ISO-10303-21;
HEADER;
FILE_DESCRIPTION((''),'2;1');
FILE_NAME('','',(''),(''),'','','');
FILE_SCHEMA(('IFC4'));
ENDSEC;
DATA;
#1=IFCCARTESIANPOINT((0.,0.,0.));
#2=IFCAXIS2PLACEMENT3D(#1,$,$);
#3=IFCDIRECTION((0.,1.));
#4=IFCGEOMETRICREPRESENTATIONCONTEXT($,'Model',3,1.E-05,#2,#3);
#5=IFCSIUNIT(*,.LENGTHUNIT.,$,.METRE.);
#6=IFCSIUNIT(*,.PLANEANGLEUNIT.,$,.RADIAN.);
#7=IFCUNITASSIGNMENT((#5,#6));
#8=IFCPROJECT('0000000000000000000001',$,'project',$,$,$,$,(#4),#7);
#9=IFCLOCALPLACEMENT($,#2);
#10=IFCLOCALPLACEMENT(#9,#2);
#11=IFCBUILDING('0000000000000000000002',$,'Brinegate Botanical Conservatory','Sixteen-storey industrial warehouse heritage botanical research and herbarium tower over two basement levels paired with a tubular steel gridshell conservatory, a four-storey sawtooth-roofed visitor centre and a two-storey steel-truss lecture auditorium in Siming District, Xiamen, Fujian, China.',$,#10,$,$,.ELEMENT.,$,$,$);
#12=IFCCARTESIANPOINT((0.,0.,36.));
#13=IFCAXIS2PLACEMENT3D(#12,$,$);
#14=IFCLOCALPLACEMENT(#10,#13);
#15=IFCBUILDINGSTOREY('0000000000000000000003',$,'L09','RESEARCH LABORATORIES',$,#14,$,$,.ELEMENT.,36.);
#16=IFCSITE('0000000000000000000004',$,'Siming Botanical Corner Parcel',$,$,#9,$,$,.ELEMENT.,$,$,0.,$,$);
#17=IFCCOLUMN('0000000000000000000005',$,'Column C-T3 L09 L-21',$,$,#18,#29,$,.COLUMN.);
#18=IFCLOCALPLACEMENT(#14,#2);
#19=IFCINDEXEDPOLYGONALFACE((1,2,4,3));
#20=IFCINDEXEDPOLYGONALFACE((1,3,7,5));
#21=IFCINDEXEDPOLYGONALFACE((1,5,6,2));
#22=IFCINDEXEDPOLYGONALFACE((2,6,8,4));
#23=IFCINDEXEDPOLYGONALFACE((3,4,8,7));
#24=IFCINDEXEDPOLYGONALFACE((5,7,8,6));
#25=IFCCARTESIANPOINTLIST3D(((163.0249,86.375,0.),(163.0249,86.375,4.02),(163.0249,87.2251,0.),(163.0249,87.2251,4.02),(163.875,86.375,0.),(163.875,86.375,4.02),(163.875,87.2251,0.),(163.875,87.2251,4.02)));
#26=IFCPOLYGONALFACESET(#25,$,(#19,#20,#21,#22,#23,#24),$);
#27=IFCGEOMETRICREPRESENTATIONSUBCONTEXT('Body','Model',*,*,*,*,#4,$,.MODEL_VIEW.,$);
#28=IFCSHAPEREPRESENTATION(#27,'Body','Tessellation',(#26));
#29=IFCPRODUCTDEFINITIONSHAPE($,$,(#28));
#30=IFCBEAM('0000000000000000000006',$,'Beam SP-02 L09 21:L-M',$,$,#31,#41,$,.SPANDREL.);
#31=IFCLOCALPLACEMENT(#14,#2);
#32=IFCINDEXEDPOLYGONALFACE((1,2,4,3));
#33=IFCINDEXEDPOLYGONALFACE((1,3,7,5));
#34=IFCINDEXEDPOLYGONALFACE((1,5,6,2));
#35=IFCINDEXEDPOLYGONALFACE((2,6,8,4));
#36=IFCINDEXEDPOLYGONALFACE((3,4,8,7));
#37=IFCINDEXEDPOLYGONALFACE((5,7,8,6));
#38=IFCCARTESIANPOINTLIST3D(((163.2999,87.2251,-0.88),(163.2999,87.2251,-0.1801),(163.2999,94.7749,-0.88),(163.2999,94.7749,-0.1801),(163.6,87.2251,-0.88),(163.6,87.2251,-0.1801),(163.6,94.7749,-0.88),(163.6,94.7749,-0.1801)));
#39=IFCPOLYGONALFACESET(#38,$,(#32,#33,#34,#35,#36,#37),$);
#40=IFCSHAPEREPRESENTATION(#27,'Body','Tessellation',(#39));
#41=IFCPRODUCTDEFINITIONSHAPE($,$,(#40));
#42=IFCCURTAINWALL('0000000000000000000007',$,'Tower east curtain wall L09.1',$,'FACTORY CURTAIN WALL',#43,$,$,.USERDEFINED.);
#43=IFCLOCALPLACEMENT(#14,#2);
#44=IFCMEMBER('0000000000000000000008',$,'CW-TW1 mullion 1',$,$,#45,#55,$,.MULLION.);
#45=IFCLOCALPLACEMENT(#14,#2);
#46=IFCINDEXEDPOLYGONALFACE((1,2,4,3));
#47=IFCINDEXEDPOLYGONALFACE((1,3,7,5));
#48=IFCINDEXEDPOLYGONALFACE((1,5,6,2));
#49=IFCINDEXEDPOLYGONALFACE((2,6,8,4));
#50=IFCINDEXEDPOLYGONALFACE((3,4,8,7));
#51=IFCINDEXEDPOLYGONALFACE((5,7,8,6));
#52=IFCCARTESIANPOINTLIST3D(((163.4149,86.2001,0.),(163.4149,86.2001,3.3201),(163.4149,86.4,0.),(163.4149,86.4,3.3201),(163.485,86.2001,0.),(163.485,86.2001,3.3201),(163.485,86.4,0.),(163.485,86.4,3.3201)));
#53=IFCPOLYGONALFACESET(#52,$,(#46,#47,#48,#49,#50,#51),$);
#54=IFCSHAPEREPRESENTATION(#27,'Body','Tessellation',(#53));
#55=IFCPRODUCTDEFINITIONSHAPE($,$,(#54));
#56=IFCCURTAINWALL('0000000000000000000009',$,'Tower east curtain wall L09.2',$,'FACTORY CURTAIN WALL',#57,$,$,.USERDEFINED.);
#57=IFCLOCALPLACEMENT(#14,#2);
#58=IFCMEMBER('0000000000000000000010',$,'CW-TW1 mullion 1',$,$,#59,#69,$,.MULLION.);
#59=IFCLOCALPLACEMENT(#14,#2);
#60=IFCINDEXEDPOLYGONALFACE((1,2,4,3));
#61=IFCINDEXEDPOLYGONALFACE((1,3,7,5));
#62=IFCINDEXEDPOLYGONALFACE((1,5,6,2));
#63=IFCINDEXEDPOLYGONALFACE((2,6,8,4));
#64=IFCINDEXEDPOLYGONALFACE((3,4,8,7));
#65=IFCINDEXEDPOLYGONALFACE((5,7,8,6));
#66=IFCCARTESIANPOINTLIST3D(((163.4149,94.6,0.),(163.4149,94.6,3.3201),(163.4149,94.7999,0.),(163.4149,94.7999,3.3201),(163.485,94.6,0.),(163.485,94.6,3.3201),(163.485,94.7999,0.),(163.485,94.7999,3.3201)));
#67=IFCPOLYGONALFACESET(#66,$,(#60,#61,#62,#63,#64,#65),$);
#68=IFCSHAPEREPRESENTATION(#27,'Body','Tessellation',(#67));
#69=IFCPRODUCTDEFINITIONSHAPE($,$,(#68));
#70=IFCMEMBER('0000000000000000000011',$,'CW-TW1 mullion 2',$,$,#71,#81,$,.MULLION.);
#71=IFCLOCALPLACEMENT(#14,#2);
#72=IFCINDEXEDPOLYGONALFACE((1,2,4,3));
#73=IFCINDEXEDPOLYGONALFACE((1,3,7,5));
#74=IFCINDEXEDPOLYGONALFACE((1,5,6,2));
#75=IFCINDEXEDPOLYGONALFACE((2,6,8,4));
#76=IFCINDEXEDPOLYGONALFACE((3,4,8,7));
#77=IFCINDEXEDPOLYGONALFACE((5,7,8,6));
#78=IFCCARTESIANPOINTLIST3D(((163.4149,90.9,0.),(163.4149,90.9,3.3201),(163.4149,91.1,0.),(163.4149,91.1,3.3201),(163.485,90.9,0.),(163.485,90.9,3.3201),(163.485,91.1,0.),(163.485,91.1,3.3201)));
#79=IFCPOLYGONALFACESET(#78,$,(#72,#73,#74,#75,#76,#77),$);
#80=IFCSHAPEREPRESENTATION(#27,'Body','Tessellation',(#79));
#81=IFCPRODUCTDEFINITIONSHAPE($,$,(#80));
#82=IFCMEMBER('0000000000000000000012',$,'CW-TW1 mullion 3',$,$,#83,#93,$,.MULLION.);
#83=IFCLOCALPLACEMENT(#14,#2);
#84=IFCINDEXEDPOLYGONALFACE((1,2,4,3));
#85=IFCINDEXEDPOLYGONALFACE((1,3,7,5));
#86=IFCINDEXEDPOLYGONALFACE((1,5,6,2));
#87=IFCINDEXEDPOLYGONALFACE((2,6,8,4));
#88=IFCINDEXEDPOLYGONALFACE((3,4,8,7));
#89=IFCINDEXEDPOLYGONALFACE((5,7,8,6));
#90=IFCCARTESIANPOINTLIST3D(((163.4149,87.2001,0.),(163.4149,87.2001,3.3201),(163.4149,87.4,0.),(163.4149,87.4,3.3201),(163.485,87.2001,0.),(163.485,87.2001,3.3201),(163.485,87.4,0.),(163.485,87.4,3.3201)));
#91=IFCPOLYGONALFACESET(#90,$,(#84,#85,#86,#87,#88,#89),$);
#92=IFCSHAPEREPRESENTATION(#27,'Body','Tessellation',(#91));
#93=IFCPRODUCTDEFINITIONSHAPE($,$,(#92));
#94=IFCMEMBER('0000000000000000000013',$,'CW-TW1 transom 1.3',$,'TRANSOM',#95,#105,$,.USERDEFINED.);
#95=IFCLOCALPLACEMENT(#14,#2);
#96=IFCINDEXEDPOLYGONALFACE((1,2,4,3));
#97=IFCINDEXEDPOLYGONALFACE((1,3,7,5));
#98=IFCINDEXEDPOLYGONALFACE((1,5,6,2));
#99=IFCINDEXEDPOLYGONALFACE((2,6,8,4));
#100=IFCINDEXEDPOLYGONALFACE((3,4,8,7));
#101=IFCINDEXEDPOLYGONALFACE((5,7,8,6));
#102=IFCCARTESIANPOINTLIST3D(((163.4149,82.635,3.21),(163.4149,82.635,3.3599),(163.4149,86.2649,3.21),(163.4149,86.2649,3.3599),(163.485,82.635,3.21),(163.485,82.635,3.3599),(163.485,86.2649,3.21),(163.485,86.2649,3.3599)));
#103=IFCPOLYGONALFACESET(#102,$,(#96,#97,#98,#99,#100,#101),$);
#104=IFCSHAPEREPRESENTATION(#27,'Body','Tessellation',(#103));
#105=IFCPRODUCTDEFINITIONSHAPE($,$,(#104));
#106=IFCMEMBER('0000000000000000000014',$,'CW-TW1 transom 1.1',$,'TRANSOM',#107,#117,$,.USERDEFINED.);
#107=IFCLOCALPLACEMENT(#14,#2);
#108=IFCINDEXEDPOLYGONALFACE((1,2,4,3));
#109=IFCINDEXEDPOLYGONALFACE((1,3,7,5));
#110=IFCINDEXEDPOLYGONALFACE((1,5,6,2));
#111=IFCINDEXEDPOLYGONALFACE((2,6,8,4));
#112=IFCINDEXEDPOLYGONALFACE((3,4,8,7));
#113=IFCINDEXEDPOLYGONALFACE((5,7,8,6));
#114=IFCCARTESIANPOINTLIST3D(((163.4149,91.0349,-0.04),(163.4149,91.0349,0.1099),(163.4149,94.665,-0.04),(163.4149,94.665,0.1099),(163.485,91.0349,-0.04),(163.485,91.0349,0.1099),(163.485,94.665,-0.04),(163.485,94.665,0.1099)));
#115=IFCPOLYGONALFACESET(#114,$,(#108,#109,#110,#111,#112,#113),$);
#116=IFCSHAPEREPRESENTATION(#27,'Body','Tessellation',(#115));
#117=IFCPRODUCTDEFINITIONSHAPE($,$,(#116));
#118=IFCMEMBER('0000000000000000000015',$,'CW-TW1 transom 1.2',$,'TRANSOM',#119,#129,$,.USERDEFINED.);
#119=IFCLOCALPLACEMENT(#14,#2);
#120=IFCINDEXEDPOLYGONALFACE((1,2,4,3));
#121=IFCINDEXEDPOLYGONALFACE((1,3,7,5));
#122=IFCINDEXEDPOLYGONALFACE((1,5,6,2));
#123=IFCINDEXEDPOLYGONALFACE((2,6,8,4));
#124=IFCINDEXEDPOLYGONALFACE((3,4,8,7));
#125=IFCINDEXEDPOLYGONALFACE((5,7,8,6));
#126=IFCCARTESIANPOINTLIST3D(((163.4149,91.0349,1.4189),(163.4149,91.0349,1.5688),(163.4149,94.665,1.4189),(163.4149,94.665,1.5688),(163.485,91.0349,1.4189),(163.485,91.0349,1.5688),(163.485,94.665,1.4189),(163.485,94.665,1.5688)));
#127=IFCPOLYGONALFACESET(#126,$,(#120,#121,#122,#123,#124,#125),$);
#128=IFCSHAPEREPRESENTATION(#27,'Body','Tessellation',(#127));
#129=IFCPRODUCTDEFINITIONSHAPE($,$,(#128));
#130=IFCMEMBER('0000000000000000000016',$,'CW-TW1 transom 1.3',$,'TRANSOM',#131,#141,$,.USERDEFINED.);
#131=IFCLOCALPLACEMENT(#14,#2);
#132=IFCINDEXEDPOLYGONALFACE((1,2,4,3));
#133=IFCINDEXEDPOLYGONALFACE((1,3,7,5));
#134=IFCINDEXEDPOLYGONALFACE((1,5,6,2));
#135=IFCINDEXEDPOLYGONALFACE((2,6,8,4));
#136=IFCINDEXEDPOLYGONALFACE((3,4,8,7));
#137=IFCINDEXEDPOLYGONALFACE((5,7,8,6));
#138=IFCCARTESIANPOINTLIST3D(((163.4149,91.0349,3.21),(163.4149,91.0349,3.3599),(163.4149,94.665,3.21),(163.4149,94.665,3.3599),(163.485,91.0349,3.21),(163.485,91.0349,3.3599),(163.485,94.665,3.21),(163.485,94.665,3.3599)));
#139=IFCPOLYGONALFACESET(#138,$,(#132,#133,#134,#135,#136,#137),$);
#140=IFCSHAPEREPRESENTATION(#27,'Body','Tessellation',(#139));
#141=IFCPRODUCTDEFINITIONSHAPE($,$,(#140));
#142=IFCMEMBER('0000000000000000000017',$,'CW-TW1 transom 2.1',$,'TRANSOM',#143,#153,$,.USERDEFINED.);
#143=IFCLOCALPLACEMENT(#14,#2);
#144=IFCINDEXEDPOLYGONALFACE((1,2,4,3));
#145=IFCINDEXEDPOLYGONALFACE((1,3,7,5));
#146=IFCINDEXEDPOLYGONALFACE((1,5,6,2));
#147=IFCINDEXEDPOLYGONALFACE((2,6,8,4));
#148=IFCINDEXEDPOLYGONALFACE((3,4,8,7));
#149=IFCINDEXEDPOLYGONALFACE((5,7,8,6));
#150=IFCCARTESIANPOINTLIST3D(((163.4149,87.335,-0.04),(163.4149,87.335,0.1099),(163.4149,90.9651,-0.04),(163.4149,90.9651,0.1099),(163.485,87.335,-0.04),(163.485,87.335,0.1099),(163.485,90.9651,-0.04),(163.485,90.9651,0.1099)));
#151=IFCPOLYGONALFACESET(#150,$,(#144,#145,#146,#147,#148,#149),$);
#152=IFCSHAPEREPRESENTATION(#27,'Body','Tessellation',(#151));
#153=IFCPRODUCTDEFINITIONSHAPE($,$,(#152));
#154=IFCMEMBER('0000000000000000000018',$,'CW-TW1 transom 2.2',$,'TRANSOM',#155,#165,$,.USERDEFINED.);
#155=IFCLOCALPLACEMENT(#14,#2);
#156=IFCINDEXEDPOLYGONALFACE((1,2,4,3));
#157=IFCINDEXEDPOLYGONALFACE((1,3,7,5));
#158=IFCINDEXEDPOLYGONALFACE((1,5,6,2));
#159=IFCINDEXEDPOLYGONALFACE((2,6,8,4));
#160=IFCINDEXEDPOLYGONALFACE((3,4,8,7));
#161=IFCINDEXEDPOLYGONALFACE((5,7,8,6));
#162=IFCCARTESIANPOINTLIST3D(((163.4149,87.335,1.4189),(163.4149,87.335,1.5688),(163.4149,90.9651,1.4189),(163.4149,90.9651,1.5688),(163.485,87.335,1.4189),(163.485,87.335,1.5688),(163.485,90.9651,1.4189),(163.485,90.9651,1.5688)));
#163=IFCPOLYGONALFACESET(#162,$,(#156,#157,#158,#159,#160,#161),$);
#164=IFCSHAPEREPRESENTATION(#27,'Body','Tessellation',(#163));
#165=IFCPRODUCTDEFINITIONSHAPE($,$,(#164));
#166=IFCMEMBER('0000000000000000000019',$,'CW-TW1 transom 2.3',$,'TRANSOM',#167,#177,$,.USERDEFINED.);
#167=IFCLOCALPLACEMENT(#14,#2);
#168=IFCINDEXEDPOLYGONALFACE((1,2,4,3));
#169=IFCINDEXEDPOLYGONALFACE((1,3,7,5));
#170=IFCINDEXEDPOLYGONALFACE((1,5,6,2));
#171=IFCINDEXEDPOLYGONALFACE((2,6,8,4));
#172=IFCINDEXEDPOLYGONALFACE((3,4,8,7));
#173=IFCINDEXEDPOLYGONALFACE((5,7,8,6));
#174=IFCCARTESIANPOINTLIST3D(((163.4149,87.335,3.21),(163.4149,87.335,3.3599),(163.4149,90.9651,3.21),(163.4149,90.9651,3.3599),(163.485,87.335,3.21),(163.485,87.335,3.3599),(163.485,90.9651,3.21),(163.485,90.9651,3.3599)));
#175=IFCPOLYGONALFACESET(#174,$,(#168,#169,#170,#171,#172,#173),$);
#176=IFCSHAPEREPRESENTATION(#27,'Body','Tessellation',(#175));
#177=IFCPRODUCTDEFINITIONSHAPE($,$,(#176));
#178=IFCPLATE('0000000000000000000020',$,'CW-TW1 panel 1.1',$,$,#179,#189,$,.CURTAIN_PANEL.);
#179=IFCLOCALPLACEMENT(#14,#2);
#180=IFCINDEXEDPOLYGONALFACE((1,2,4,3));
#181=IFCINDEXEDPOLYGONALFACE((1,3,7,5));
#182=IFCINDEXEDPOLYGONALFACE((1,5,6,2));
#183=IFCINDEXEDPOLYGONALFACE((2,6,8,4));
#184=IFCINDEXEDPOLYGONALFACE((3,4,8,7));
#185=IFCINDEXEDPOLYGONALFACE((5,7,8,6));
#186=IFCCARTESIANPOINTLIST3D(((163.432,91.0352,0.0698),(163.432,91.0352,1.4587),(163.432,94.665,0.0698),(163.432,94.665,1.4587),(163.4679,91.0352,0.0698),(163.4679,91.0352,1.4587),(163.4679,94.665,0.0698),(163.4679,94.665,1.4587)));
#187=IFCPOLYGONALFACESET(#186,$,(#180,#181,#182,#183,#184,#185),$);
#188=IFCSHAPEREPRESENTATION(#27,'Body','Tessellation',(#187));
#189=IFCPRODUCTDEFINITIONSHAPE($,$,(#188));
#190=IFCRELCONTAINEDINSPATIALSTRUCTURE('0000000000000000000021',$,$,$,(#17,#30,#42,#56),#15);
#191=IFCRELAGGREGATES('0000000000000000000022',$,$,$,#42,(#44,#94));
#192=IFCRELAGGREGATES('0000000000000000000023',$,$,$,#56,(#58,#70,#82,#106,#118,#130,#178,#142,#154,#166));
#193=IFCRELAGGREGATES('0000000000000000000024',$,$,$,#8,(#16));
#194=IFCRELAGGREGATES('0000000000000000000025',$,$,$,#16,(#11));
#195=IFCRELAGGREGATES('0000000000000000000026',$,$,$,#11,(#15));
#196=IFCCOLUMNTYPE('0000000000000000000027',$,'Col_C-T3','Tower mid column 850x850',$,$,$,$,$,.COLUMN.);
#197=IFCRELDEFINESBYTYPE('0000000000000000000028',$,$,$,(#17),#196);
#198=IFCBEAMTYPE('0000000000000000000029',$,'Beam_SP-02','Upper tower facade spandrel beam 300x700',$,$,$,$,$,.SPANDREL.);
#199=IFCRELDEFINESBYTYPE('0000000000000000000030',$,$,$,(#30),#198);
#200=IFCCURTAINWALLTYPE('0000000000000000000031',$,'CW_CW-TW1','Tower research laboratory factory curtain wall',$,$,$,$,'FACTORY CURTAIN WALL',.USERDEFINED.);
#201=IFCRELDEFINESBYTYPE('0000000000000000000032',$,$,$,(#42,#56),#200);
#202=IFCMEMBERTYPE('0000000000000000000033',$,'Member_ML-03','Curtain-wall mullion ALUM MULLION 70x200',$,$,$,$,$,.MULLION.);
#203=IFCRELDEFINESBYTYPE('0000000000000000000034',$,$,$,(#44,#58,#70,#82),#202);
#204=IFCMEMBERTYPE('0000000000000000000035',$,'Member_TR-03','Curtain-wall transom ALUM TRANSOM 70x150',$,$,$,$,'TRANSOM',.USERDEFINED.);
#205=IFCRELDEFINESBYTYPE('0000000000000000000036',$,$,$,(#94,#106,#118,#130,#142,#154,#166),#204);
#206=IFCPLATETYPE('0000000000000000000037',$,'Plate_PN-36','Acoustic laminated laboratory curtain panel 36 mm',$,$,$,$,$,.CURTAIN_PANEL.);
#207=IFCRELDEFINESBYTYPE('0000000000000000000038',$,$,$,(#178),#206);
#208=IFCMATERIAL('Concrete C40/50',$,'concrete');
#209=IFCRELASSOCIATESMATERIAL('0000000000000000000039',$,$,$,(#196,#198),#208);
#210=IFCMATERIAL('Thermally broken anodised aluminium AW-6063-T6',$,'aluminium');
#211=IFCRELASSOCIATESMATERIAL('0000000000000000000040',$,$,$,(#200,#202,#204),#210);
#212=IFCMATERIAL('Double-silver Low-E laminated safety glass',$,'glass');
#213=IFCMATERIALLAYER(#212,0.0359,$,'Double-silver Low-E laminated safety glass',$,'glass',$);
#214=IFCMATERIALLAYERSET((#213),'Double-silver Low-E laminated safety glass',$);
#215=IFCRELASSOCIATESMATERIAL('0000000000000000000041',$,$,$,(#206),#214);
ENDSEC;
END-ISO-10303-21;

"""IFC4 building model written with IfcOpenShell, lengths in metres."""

from ifc_helpers import new_model, si_unit, direction, frame, origin, origin_2d, place, context, subcontext, project, spatial, rectangle, extrude, material, layer, layer_set, material_profile, profile_set, type_object, element, aggregate, save


model = new_model("IFC4")

# Units and contexts
model_context = context("Model", 3, precision=1e-05, world=origin(), true_north=direction((0.0, 1.0)))
body_context = subcontext(model_context, "Body", "Model", "MODEL_VIEW")
ifc_project = project(units=[si_unit("LENGTHUNIT", "METRE"), si_unit("PLANEANGLEUNIT", "RADIAN")], contexts=[model_context])

# Site, building, storey
site_placement = place(None, origin())
site = spatial("IfcSite", under=ifc_project, at=site_placement, Name="Siming Botanical Corner Parcel", CompositionType="ELEMENT", RefElevation=0.0)
building_placement = place(site_placement, origin())
building = spatial("IfcBuilding", under=site, at=building_placement, Name="Brinegate Botanical Conservatory", Description="Sixteen-storey industrial warehouse heritage botanical research and herbarium tower over two basement levels paired with a tubular steel gridshell conservatory, a four-storey sawtooth-roofed visitor centre and a two-storey steel-truss lecture auditorium in Siming District, Xiamen, Fujian, China.", CompositionType="ELEMENT")
storey_placement = place(building_placement, frame((0.0, 0.0, 36.0)))
storey = spatial("IfcBuildingStorey", under=building, at=storey_placement, Name="L09", Description="RESEARCH LABORATORIES", CompositionType="ELEMENT", Elevation=36.0)

# Column
ifc_material_1 = material(Name="Concrete C40/50", Category="concrete")
ifc_material_profile_1 = material_profile(ifc_material_1, rectangle(XDim=0.8501, YDim=0.8501, at=origin_2d()), Name="RC COL 850x850")
ifc_profile_set_1 = profile_set([ifc_material_profile_1], Name="Concrete C40/50")
column_type = type_object("IfcColumnType", Name="Col_C-T3", Description="Tower mid column 850x850", PredefinedType="COLUMN", material=ifc_profile_set_1)
column_placement = place(storey_placement, frame((163.45, 86.8, 0.0), z_axis=(0.0, 0.0, 1.0), x_axis=(1.0, 0.0, 0.0)))
element("IfcColumn", 1, at=column_placement, inside=storey, type_object=column_type, Name="Column C-T3 L09 L-21", PredefinedType="COLUMN", context=body_context, shape_type="SweptSolid", body=[
    extrude(rectangle(XDim=0.8501, YDim=0.8501, at=origin_2d()), origin(), (0.0, 0.0, 1.0), 4.02),
])

# Beam
ifc_material_profile_2 = material_profile(ifc_material_1, rectangle(XDim=0.3, YDim=0.7, at=origin_2d()), Name="RC SPN 300x700")
ifc_profile_set_2 = profile_set([ifc_material_profile_2], Name="Concrete C40/50")
beam_type = type_object("IfcBeamType", Name="Beam_SP-02", Description="Upper tower facade spandrel beam 300x700", PredefinedType="SPANDREL", material=ifc_profile_set_2)
beam_placement = place(storey_placement, frame((163.45, 87.2251, -0.53), z_axis=(0.0, 1.0, 0.0), x_axis=(-1.0, 0.0, 0.0)))
element("IfcBeam", 2, at=beam_placement, inside=storey, type_object=beam_type, Name="Beam SP-02 L09 21:L-M", PredefinedType="SPANDREL", context=body_context, shape_type="SweptSolid", body=[
    extrude(rectangle(XDim=0.3, YDim=0.7, at=origin_2d()), origin(), (0.0, 0.0, 1.0), 7.5498),
])

# Curtain wall, member
ifc_material_2 = material(Name="Thermally broken anodised aluminium AW-6063-T6", Category="aluminium")
curtain_wall_type = type_object("IfcCurtainWallType", Name="CW_CW-TW1", Description="Tower research laboratory factory curtain wall", ElementType="FACTORY CURTAIN WALL", PredefinedType="USERDEFINED", material=ifc_material_2)
curtain_wall_1_placement = place(storey_placement, origin())
curtain_wall_1 = element("IfcCurtainWall", 3, at=curtain_wall_1_placement, inside=storey, type_object=curtain_wall_type, Name="Tower east curtain wall L09.1", ObjectType="FACTORY CURTAIN WALL", PredefinedType="USERDEFINED")
ifc_material_profile_3 = material_profile(ifc_material_2, rectangle(XDim=0.0701, YDim=0.2, at=origin_2d()), Name="ALUM MULLION 70x200")
ifc_profile_set_3 = profile_set([ifc_material_profile_3], Name="Thermally broken anodised aluminium AW-6063-T6")
member_type_1 = type_object("IfcMemberType", Name="Member_ML-03", Description="Curtain-wall mullion ALUM MULLION 70x200", PredefinedType="MULLION", material=ifc_profile_set_3)
member_1_placement = place(storey_placement, frame((163.45, 86.3, 0.0), z_axis=(0.0, 0.0, 1.0), x_axis=(1.0, 0.0, 0.0)))
member_1 = element("IfcMember", 4, at=member_1_placement, type_object=member_type_1, Name="CW-TW1 mullion 1", PredefinedType="MULLION", context=body_context, shape_type="SweptSolid", body=[
    extrude(rectangle(XDim=0.0701, YDim=0.2, at=origin_2d()), origin(), (0.0, 0.0, 1.0), 3.3201),
])

# Curtain wall, members
curtain_wall_2_placement = place(storey_placement, origin())
curtain_wall_2 = element("IfcCurtainWall", 5, at=curtain_wall_2_placement, inside=storey, type_object=curtain_wall_type, Name="Tower east curtain wall L09.2", ObjectType="FACTORY CURTAIN WALL", PredefinedType="USERDEFINED")
member_2_placement = place(storey_placement, frame((163.45, 94.7, 0.0), z_axis=(0.0, 0.0, 1.0), x_axis=(1.0, 0.0, 0.0)))
member_2 = element("IfcMember", 6, at=member_2_placement, type_object=member_type_1, Name="CW-TW1 mullion 1", PredefinedType="MULLION", context=body_context, shape_type="SweptSolid", body=[
    extrude(rectangle(XDim=0.0701, YDim=0.2, at=origin_2d()), origin(), (0.0, 0.0, 1.0), 3.3201),
])
member_3_placement = place(storey_placement, frame((163.45, 91.0, 0.0), z_axis=(0.0, 0.0, 1.0), x_axis=(1.0, 0.0, 0.0)))
member_3 = element("IfcMember", 7, at=member_3_placement, type_object=member_type_1, Name="CW-TW1 mullion 2", PredefinedType="MULLION", context=body_context, shape_type="SweptSolid", body=[
    extrude(rectangle(XDim=0.0701, YDim=0.2, at=origin_2d()), origin(), (0.0, 0.0, 1.0), 3.3201),
])
member_4_placement = place(storey_placement, frame((163.45, 87.3, 0.0), z_axis=(0.0, 0.0, 1.0), x_axis=(1.0, 0.0, 0.0)))
member_4 = element("IfcMember", 8, at=member_4_placement, type_object=member_type_1, Name="CW-TW1 mullion 3", PredefinedType="MULLION", context=body_context, shape_type="SweptSolid", body=[
    extrude(rectangle(XDim=0.0701, YDim=0.2, at=origin_2d()), origin(), (0.0, 0.0, 1.0), 3.3201),
])

# Members
ifc_material_profile_4 = material_profile(ifc_material_2, rectangle(XDim=0.0701, YDim=0.1499, at=origin_2d()), Name="ALUM TRANSOM 70x150")
ifc_profile_set_4 = profile_set([ifc_material_profile_4], Name="Thermally broken anodised aluminium AW-6063-T6")
member_type_2 = type_object("IfcMemberType", Name="Member_TR-03", Description="Curtain-wall transom ALUM TRANSOM 70x150", ElementType="TRANSOM", PredefinedType="USERDEFINED", material=ifc_profile_set_4)
member_5_placement = place(storey_placement, frame((163.45, 86.2649, 3.2849), z_axis=(0.0, -1.0, 0.0), x_axis=(1.0, 0.0, 0.0)))
member_5 = element("IfcMember", 9, at=member_5_placement, type_object=member_type_2, Name="CW-TW1 transom 1.3", ObjectType="TRANSOM", PredefinedType="USERDEFINED", context=body_context, shape_type="SweptSolid", body=[
    extrude(rectangle(XDim=0.0701, YDim=0.1499, at=origin_2d()), origin(), (0.0, 0.0, 1.0), 3.6299),
])
aggregate(curtain_wall_1, [member_1, member_5])
member_6_placement = place(storey_placement, frame((163.45, 94.665, 0.0349), z_axis=(0.0, -1.0, 0.0), x_axis=(1.0, 0.0, 0.0)))
member_6 = element("IfcMember", 10, at=member_6_placement, type_object=member_type_2, Name="CW-TW1 transom 1.1", ObjectType="TRANSOM", PredefinedType="USERDEFINED", context=body_context, shape_type="SweptSolid", body=[
    extrude(rectangle(XDim=0.0701, YDim=0.1499, at=origin_2d()), origin(), (0.0, 0.0, 1.0), 3.6301),
])
member_7_placement = place(storey_placement, frame((163.45, 94.665, 1.4939), z_axis=(0.0, -1.0, 0.0), x_axis=(1.0, 0.0, 0.0)))
member_7 = element("IfcMember", 11, at=member_7_placement, type_object=member_type_2, Name="CW-TW1 transom 1.2", ObjectType="TRANSOM", PredefinedType="USERDEFINED", context=body_context, shape_type="SweptSolid", body=[
    extrude(rectangle(XDim=0.0701, YDim=0.1499, at=origin_2d()), origin(), (0.0, 0.0, 1.0), 3.6301),
])
member_8_placement = place(storey_placement, frame((163.45, 94.665, 3.2849), z_axis=(0.0, -1.0, 0.0), x_axis=(1.0, 0.0, 0.0)))
member_8 = element("IfcMember", 12, at=member_8_placement, type_object=member_type_2, Name="CW-TW1 transom 1.3", ObjectType="TRANSOM", PredefinedType="USERDEFINED", context=body_context, shape_type="SweptSolid", body=[
    extrude(rectangle(XDim=0.0701, YDim=0.1499, at=origin_2d()), origin(), (0.0, 0.0, 1.0), 3.6301),
])
member_9_placement = place(storey_placement, frame((163.45, 90.9651, 0.0349), z_axis=(0.0, -1.0, 0.0), x_axis=(1.0, 0.0, 0.0)))
member_9 = element("IfcMember", 13, at=member_9_placement, type_object=member_type_2, Name="CW-TW1 transom 2.1", ObjectType="TRANSOM", PredefinedType="USERDEFINED", context=body_context, shape_type="SweptSolid", body=[
    extrude(rectangle(XDim=0.0701, YDim=0.1499, at=origin_2d()), origin(), (0.0, 0.0, 1.0), 3.6301),
])
member_10_placement = place(storey_placement, frame((163.45, 90.9651, 1.4939), z_axis=(0.0, -1.0, 0.0), x_axis=(1.0, 0.0, 0.0)))
member_10 = element("IfcMember", 14, at=member_10_placement, type_object=member_type_2, Name="CW-TW1 transom 2.2", ObjectType="TRANSOM", PredefinedType="USERDEFINED", context=body_context, shape_type="SweptSolid", body=[
    extrude(rectangle(XDim=0.0701, YDim=0.1499, at=origin_2d()), origin(), (0.0, 0.0, 1.0), 3.6301),
])
member_11_placement = place(storey_placement, frame((163.45, 90.9651, 3.2849), z_axis=(0.0, -1.0, 0.0), x_axis=(1.0, 0.0, 0.0)))
member_11 = element("IfcMember", 15, at=member_11_placement, type_object=member_type_2, Name="CW-TW1 transom 2.3", ObjectType="TRANSOM", PredefinedType="USERDEFINED", context=body_context, shape_type="SweptSolid", body=[
    extrude(rectangle(XDim=0.0701, YDim=0.1499, at=origin_2d()), origin(), (0.0, 0.0, 1.0), 3.6301),
])

# Plate
ifc_material_3 = material(Name="Double-silver Low-E laminated safety glass", Category="glass")
ifc_layer = layer(ifc_material_3, 0.0359, Name="Double-silver Low-E laminated safety glass", Category="glass")
ifc_layer_set = layer_set([ifc_layer], Name="Double-silver Low-E laminated safety glass")
plate_type = type_object("IfcPlateType", Name="Plate_PN-36", Description="Acoustic laminated laboratory curtain panel 36 mm", PredefinedType="CURTAIN_PANEL", material=ifc_layer_set)
plate_1_placement = place(storey_placement, frame((163.45, 92.8501, 0.0698), z_axis=(0.0, 0.0, 1.0), x_axis=(0.0, -1.0, 0.0)))
plate_1 = element("IfcPlate", 16, at=plate_1_placement, type_object=plate_type, Name="CW-TW1 panel 1.1", PredefinedType="CURTAIN_PANEL", context=body_context, shape_type="SweptSolid", body=[
    extrude(rectangle(XDim=3.6299, YDim=0.0359, at=origin_2d()), origin(), (0.0, 0.0, 1.0), 1.3889),
])
aggregate(curtain_wall_2, [member_2, member_3, member_4, member_6, member_7, member_8, plate_1, member_9, member_10, member_11])

save(model, "model.ifc")
